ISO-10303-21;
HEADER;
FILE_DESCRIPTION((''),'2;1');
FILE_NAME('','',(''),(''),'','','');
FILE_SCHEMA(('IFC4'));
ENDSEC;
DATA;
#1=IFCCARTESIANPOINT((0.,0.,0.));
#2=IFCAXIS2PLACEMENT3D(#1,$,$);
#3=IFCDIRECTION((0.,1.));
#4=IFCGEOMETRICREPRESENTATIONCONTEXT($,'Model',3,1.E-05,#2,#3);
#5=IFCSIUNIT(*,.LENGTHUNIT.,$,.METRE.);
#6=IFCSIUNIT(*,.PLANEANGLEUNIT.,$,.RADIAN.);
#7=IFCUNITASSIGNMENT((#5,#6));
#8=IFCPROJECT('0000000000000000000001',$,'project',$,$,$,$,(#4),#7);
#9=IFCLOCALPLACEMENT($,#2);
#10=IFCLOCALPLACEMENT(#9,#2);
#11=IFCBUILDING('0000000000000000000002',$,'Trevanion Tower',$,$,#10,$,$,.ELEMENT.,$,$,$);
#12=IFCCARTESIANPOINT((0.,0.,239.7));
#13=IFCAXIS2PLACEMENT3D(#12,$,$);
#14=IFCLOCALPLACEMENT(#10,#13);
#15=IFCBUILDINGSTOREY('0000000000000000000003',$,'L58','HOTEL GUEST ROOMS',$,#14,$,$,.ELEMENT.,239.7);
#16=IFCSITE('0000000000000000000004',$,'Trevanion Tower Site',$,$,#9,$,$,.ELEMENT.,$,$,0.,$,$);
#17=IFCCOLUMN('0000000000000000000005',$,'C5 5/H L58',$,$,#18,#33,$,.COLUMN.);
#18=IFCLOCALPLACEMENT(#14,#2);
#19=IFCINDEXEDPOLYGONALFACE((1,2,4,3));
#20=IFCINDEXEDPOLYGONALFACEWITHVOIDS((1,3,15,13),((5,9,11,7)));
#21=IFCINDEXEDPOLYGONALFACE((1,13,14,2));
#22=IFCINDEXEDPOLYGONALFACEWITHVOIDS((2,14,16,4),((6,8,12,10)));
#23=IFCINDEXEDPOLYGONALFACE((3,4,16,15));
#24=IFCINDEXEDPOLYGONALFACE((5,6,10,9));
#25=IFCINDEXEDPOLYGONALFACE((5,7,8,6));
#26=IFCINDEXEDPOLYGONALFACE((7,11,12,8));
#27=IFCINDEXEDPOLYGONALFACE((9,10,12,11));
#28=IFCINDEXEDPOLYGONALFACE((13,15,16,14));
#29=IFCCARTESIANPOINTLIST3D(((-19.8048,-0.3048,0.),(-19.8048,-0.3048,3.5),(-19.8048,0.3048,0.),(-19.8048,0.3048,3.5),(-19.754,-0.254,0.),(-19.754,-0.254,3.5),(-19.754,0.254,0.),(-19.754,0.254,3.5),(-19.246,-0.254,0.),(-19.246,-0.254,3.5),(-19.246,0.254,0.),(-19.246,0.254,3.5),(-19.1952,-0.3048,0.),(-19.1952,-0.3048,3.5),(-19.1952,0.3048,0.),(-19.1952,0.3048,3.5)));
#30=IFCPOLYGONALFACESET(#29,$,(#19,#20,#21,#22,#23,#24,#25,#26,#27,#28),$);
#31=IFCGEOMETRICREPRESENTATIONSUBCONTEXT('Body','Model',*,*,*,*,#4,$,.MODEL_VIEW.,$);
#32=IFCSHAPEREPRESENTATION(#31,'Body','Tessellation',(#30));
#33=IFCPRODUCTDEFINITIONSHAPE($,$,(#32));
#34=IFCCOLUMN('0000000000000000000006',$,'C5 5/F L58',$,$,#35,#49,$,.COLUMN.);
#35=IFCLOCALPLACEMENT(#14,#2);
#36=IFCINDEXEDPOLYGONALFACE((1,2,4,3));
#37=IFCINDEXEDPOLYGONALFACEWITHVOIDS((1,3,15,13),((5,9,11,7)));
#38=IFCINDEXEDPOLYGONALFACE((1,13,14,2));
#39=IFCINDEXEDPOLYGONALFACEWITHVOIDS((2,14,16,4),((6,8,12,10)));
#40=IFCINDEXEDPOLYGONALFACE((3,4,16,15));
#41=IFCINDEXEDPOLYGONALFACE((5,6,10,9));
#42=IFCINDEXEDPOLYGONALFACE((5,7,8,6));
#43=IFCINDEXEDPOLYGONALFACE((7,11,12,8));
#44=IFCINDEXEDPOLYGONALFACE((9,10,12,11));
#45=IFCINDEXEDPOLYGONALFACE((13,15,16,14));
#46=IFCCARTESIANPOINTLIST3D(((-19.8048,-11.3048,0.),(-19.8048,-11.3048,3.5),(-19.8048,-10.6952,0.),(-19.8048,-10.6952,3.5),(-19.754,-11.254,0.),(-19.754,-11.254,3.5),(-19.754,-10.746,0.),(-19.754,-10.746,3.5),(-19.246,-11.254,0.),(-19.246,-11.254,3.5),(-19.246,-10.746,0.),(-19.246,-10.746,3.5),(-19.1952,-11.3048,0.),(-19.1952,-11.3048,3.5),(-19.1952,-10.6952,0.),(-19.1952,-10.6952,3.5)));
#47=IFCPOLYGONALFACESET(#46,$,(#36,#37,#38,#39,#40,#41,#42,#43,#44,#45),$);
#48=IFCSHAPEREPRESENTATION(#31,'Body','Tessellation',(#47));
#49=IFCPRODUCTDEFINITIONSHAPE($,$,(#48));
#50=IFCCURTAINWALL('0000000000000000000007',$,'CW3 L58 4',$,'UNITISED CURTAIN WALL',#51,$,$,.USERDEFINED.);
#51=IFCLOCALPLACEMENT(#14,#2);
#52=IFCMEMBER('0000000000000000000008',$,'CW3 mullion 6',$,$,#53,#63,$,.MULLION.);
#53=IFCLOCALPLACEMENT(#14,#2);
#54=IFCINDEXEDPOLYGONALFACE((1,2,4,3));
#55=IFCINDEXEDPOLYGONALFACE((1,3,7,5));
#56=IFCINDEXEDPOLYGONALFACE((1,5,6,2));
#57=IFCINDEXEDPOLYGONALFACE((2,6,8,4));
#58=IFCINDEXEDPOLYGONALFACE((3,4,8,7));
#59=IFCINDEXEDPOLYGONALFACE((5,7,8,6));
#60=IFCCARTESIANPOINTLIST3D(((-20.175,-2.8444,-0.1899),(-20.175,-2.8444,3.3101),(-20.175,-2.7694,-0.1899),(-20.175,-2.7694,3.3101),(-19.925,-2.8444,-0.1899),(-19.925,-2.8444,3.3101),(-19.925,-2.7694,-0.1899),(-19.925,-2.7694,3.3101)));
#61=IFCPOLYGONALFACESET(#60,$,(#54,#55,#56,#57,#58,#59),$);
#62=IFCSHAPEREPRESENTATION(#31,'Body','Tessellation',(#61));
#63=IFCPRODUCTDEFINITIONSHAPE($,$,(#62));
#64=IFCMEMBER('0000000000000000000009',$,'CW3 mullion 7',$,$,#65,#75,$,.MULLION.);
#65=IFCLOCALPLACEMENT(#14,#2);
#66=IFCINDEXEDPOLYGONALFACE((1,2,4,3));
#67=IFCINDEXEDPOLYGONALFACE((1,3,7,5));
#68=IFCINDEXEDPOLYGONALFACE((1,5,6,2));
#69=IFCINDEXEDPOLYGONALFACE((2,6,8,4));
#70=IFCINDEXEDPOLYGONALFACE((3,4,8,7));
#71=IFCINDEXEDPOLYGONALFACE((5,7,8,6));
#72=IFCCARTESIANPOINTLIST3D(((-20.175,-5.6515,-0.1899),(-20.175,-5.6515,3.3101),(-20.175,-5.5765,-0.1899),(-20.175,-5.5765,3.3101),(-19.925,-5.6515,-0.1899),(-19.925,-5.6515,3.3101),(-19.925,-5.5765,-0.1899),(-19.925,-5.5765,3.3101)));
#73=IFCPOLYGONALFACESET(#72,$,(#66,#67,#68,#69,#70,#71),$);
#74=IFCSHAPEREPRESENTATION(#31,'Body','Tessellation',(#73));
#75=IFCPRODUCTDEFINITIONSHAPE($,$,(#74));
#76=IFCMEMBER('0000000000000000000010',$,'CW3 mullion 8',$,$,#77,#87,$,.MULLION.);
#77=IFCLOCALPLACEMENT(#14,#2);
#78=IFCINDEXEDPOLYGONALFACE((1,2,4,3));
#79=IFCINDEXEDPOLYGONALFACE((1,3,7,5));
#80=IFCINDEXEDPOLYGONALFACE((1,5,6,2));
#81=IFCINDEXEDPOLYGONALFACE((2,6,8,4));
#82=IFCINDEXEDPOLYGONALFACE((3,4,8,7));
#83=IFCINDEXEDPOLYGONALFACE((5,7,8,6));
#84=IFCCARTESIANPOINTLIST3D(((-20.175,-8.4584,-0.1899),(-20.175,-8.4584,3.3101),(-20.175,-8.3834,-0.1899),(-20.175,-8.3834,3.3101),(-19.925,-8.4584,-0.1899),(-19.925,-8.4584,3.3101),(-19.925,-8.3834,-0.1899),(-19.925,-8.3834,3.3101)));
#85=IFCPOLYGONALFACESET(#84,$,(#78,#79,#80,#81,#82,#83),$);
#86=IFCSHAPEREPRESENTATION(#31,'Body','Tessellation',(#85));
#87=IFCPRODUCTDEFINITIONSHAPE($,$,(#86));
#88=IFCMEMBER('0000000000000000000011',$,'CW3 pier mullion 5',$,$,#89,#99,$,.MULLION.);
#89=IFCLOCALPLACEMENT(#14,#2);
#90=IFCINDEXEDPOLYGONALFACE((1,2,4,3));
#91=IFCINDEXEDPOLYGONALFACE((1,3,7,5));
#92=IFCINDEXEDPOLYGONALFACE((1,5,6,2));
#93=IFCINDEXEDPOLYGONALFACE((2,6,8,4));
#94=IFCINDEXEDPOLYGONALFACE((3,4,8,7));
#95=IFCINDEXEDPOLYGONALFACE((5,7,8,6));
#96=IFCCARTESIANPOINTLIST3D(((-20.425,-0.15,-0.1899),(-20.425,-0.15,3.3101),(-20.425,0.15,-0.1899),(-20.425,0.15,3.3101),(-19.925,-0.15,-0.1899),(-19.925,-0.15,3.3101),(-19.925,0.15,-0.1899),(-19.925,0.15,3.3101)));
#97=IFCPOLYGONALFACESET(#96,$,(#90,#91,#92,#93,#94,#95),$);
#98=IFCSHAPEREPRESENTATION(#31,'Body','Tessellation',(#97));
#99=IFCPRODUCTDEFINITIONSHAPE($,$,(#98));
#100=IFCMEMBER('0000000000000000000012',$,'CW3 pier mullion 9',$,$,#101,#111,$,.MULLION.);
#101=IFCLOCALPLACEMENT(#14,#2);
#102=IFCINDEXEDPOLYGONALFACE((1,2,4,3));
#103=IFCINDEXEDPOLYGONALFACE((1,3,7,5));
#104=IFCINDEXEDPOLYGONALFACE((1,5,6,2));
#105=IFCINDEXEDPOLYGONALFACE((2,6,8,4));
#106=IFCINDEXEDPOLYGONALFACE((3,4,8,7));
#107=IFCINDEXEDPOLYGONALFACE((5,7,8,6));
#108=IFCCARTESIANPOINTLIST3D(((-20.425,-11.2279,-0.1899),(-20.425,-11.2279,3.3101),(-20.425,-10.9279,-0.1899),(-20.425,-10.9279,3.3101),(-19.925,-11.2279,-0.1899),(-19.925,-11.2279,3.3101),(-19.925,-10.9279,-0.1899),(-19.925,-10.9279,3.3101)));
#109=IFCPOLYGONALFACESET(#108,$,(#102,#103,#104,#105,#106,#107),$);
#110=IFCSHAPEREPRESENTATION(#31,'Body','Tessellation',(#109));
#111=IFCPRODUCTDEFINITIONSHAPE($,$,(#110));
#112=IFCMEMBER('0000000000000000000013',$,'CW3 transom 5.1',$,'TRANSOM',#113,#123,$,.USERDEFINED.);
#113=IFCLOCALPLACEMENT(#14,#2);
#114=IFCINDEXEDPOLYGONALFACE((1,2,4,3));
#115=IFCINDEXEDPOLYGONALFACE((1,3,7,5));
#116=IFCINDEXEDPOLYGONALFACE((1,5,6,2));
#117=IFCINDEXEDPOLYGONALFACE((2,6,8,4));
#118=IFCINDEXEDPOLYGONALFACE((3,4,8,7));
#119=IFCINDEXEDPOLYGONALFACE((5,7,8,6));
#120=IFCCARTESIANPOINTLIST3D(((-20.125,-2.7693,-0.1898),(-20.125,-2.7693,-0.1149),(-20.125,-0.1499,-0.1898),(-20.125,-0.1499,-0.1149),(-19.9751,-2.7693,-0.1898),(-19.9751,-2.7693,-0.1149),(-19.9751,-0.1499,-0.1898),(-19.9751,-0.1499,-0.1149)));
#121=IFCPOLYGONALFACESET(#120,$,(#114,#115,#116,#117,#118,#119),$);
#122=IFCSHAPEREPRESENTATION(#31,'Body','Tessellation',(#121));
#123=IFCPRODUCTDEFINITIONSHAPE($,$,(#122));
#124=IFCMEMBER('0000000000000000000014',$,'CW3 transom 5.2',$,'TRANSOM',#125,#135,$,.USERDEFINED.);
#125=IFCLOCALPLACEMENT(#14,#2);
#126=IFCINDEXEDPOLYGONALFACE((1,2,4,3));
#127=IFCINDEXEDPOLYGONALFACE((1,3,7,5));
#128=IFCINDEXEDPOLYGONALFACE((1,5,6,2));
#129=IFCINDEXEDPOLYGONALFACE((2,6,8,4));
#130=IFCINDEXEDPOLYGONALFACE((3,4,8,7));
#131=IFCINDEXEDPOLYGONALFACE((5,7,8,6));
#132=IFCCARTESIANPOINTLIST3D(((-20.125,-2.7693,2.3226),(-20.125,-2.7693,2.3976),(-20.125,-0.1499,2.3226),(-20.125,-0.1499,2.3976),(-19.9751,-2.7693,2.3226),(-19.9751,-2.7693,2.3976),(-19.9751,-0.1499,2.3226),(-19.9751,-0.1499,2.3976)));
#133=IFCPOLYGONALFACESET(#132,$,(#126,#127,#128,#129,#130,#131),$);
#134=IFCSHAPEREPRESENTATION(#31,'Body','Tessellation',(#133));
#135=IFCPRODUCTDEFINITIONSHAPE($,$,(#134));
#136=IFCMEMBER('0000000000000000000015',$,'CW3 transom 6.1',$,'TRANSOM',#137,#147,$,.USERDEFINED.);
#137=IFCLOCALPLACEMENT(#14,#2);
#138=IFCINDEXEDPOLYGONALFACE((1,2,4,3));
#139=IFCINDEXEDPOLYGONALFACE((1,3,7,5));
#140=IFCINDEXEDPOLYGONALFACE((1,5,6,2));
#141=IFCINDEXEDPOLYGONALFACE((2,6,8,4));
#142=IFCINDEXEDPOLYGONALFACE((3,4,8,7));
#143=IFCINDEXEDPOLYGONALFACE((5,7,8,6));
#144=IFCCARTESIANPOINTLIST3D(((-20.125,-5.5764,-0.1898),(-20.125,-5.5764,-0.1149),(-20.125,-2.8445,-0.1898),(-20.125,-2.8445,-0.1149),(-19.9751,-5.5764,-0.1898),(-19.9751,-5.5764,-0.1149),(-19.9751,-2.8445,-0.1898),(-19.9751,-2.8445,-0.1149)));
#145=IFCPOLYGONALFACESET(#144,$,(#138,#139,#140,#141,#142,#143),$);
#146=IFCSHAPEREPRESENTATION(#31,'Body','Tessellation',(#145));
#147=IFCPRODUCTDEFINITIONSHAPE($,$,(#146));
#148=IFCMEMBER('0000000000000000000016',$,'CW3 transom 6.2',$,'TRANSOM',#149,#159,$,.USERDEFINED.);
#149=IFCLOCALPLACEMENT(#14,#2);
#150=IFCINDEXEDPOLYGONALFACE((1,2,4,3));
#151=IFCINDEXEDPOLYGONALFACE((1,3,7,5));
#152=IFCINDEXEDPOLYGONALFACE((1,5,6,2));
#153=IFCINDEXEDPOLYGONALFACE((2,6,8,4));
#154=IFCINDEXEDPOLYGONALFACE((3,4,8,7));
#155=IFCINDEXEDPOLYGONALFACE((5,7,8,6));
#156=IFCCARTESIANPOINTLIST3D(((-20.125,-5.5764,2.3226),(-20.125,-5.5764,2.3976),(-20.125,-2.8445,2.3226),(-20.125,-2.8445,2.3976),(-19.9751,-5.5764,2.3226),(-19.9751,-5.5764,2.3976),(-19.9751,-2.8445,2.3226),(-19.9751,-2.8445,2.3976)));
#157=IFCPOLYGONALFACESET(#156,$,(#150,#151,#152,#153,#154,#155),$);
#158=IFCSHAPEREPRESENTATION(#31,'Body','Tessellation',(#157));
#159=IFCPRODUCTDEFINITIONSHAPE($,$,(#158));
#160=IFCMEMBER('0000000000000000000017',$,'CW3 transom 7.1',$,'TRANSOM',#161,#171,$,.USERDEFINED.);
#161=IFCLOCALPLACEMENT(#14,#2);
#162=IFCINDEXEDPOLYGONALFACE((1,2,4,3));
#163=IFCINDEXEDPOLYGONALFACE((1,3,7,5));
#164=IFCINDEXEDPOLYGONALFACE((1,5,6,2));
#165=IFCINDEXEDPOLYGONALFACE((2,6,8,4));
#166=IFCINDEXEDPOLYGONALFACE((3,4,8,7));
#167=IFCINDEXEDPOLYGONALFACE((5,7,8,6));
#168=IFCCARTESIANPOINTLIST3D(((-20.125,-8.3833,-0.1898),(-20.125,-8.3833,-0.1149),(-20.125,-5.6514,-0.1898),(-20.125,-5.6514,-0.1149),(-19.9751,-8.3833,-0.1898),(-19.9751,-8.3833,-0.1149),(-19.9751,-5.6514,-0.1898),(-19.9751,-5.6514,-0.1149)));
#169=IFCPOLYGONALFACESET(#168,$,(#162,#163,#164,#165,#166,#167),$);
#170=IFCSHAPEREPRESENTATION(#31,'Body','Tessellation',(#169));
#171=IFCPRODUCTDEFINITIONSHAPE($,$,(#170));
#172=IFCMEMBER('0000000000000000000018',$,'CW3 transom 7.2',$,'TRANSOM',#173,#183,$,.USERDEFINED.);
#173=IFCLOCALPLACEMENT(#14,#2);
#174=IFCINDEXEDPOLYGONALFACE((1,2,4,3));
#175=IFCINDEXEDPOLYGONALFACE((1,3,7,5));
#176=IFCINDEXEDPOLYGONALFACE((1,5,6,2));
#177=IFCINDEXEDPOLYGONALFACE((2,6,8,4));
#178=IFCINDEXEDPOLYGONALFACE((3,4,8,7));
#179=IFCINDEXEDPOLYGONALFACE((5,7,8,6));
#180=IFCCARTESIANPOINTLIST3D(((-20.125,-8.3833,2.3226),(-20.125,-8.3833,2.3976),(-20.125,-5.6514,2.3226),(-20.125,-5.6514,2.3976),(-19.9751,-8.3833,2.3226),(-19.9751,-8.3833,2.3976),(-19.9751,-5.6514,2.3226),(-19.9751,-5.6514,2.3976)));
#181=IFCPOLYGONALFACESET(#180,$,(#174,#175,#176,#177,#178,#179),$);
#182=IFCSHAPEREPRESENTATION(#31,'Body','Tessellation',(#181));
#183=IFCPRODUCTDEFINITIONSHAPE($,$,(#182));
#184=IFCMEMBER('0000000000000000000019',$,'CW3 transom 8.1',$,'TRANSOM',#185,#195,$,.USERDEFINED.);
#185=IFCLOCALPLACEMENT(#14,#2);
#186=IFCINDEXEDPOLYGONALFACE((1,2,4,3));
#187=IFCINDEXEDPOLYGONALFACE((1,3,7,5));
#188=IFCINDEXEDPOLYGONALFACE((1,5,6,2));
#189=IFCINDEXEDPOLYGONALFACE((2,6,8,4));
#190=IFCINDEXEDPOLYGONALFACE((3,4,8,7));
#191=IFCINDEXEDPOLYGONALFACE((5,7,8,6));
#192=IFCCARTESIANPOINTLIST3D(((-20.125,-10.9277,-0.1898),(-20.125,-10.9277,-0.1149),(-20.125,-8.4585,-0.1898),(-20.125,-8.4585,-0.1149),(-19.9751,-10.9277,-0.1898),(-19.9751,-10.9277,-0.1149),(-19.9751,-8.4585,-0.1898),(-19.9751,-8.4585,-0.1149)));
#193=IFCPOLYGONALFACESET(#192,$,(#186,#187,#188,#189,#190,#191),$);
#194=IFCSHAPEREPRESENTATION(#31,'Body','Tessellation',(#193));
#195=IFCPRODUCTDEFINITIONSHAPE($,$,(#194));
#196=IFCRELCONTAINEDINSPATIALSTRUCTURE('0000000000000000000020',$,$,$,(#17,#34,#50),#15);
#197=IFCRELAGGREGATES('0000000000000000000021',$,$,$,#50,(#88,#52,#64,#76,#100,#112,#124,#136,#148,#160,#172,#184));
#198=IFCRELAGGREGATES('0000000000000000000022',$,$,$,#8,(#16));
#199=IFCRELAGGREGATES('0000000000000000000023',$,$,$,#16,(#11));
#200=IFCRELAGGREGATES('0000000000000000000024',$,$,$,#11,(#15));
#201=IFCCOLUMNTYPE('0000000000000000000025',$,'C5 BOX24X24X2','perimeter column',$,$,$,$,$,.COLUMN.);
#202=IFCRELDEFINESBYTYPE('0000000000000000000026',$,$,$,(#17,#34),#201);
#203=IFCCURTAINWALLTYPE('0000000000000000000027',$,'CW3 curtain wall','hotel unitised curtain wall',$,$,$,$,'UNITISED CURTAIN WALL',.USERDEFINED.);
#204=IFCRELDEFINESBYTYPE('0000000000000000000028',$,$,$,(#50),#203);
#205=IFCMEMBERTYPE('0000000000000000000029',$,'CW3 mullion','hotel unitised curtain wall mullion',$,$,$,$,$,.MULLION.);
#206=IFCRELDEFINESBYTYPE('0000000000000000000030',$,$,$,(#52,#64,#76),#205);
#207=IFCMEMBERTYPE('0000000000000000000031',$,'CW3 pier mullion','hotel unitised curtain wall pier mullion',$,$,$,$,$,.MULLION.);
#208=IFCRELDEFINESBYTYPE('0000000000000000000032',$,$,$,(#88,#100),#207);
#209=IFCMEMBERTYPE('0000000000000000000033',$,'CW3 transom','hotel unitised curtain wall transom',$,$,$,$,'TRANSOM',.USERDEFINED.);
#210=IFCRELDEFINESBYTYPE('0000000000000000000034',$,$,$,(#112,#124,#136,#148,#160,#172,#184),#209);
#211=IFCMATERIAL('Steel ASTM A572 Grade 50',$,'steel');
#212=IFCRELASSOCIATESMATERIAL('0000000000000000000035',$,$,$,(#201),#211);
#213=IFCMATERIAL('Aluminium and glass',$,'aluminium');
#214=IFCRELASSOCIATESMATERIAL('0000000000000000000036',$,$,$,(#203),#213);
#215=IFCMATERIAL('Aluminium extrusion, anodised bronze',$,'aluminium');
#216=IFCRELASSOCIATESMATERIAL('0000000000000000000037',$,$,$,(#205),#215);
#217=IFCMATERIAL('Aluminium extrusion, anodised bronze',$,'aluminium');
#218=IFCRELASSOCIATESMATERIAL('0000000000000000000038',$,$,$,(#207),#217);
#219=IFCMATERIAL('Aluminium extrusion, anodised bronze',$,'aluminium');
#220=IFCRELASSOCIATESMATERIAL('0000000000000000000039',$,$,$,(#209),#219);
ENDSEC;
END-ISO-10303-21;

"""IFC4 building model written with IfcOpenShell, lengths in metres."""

from ifc_helpers import new_model, si_unit, direction, frame, origin, origin_2d, place, context, subcontext, project, spatial, rectangle, hollow_rectangle, extrude, material, material_profile, profile_set, type_object, element, aggregate, save


model = new_model("IFC4")

# Units and contexts
model_context = context("Model", 3, precision=1e-05, world=origin(), true_north=direction((0.0, 1.0)))
body_context = subcontext(model_context, "Body", "Model", "MODEL_VIEW")
ifc_project = project(units=[si_unit("LENGTHUNIT", "METRE"), si_unit("PLANEANGLEUNIT", "RADIAN")], contexts=[model_context])

# Site, building, storey
site_placement = place(None, origin())
site = spatial("IfcSite", under=ifc_project, at=site_placement, Name="Trevanion Tower Site", CompositionType="ELEMENT", RefElevation=0.0)
building_placement = place(site_placement, origin())
building = spatial("IfcBuilding", under=site, at=building_placement, Name="Trevanion Tower", CompositionType="ELEMENT")
storey_placement = place(building_placement, frame((0.0, 0.0, 239.7)))
storey = spatial("IfcBuildingStorey", under=building, at=storey_placement, Name="L58", Description="HOTEL GUEST ROOMS", CompositionType="ELEMENT", Elevation=239.7)

# Columns
ifc_material_1 = material(Name="Steel ASTM A572 Grade 50", Category="steel")
ifc_material_profile_1 = material_profile(ifc_material_1, hollow_rectangle(XDim=0.6096, YDim=0.6096, WallThickness=0.0508, at=origin_2d()), Name="BOX24X24X2")
ifc_profile_set_1 = profile_set([ifc_material_profile_1], Name="Steel ASTM A572 Grade 50")
column_type = type_object("IfcColumnType", Name="C5 BOX24X24X2", Description="perimeter column", PredefinedType="COLUMN", material=ifc_profile_set_1)
for number, where, z_axis, x_axis, name in (
    (1, (-19.5, 0.0, 0.0), (0.0, 0.0, 1.0), (0.0, 1.0, 0.0), "C5 5/H L58"),
    (2, (-19.5, -11.0, 0.0), (0.0, 0.0, 1.0), (0.0, 1.0, 0.0), "C5 5/F L58"),
):
    element("IfcColumn", number, at=place(storey_placement, frame(where, z_axis=z_axis, x_axis=x_axis)), inside=storey, type_object=column_type, Name=name, PredefinedType="COLUMN", context=body_context, shape_type="SweptSolid", body=[
        extrude(hollow_rectangle(XDim=0.6096, YDim=0.6096, WallThickness=0.0508, at=origin_2d()), origin(), (0.0, 0.0, 1.0), 3.5),
    ])

# Curtain wall, members
ifc_material_2 = material(Name="Aluminium and glass", Category="aluminium")
curtain_wall_type = type_object("IfcCurtainWallType", Name="CW3 curtain wall", Description="hotel unitised curtain wall", ElementType="UNITISED CURTAIN WALL", PredefinedType="USERDEFINED", material=ifc_material_2)
curtain_wall_placement = place(storey_placement, origin())
curtain_wall = element("IfcCurtainWall", 3, at=curtain_wall_placement, inside=storey, type_object=curtain_wall_type, Name="CW3 L58 4", ObjectType="UNITISED CURTAIN WALL", PredefinedType="USERDEFINED")
ifc_material_3 = material(Name="Aluminium extrusion, anodised bronze", Category="aluminium")
ifc_material_profile_2 = material_profile(ifc_material_3, rectangle(XDim=0.075, YDim=0.25, at=origin_2d()), Name="CW3 mullion")
ifc_profile_set_2 = profile_set([ifc_material_profile_2], Name="Aluminium extrusion, anodised bronze")
member_type_1 = type_object("IfcMemberType", Name="CW3 mullion", Description="hotel unitised curtain wall mullion", PredefinedType="MULLION", material=ifc_profile_set_2)
member_1_placement = place(storey_placement, frame((-20.05, -2.8069, -0.1899), z_axis=(0.0, 0.0, 1.0), x_axis=(0.0, -1.0, 0.0)))
member_1 = element("IfcMember", 4, at=member_1_placement, type_object=member_type_1, Name="CW3 mullion 6", PredefinedType="MULLION", context=body_context, shape_type="SweptSolid", body=[
    extrude(rectangle(XDim=0.075, YDim=0.25, at=origin_2d()), origin(), (0.0, 0.0, 1.0), 3.5),
])
member_2_placement = place(storey_placement, frame((-20.05, -5.614, -0.1899), z_axis=(0.0, 0.0, 1.0), x_axis=(0.0, -1.0, 0.0)))
member_2 = element("IfcMember", 5, at=member_2_placement, type_object=member_type_1, Name="CW3 mullion 7", PredefinedType="MULLION", context=body_context, shape_type="SweptSolid", body=[
    extrude(rectangle(XDim=0.075, YDim=0.25, at=origin_2d()), origin(), (0.0, 0.0, 1.0), 3.5),
])
member_3_placement = place(storey_placement, frame((-20.05, -8.4209, -0.1899), z_axis=(0.0, 0.0, 1.0), x_axis=(0.0, -1.0, 0.0)))
member_3 = element("IfcMember", 6, at=member_3_placement, type_object=member_type_1, Name="CW3 mullion 8", PredefinedType="MULLION", context=body_context, shape_type="SweptSolid", body=[
    extrude(rectangle(XDim=0.075, YDim=0.25, at=origin_2d()), origin(), (0.0, 0.0, 1.0), 3.5),
])
ifc_material_4 = material(Name="Aluminium extrusion, anodised bronze", Category="aluminium")
ifc_material_profile_3 = material_profile(ifc_material_4, rectangle(XDim=0.3, YDim=0.5, at=origin_2d()), Name="CW3 pier mullion")
ifc_profile_set_3 = profile_set([ifc_material_profile_3], Name="Aluminium extrusion, anodised bronze")
member_type_2 = type_object("IfcMemberType", Name="CW3 pier mullion", Description="hotel unitised curtain wall pier mullion", PredefinedType="MULLION", material=ifc_profile_set_3)
member_4_placement = place(storey_placement, frame((-20.175, 0.0, -0.1899), z_axis=(0.0, 0.0, 1.0), x_axis=(0.0, -1.0, 0.0)))
member_4 = element("IfcMember", 7, at=member_4_placement, type_object=member_type_2, Name="CW3 pier mullion 5", PredefinedType="MULLION", context=body_context, shape_type="SweptSolid", body=[
    extrude(rectangle(XDim=0.3, YDim=0.5, at=origin_2d()), origin(), (0.0, 0.0, 1.0), 3.5),
])
member_5_placement = place(storey_placement, frame((-20.175, -11.0779, -0.1899), z_axis=(0.0, 0.0, 1.0), x_axis=(0.0, -1.0, 0.0)))
member_5 = element("IfcMember", 8, at=member_5_placement, type_object=member_type_2, Name="CW3 pier mullion 9", PredefinedType="MULLION", context=body_context, shape_type="SweptSolid", body=[
    extrude(rectangle(XDim=0.3, YDim=0.5, at=origin_2d()), origin(), (0.0, 0.0, 1.0), 3.5),
])
ifc_material_5 = material(Name="Aluminium extrusion, anodised bronze", Category="aluminium")
ifc_material_profile_4 = material_profile(ifc_material_5, rectangle(XDim=0.1499, YDim=0.075, at=origin_2d()), Name="CW3 transom")
ifc_profile_set_4 = profile_set([ifc_material_profile_4], Name="Aluminium extrusion, anodised bronze")
member_type_3 = type_object("IfcMemberType", Name="CW3 transom", Description="hotel unitised curtain wall transom", ElementType="TRANSOM", PredefinedType="USERDEFINED", material=ifc_profile_set_4)
member_6_placement = place(storey_placement, frame((-20.05, -0.1499, -0.1523), z_axis=(0.0, -1.0, 0.0), x_axis=(1.0, 0.0, 0.0)))
member_6 = element("IfcMember", 9, at=member_6_placement, type_object=member_type_3, Name="CW3 transom 5.1", ObjectType="TRANSOM", PredefinedType="USERDEFINED", context=body_context, shape_type="SweptSolid", body=[
    extrude(rectangle(XDim=0.1499, YDim=0.075, at=origin_2d()), origin(), (0.0, 0.0, 1.0), 2.6194),
])
member_7_placement = place(storey_placement, frame((-20.05, -0.1499, 2.3601), z_axis=(0.0, -1.0, 0.0), x_axis=(1.0, 0.0, 0.0)))
member_7 = element("IfcMember", 10, at=member_7_placement, type_object=member_type_3, Name="CW3 transom 5.2", ObjectType="TRANSOM", PredefinedType="USERDEFINED", context=body_context, shape_type="SweptSolid", body=[
    extrude(rectangle(XDim=0.1499, YDim=0.075, at=origin_2d()), origin(), (0.0, 0.0, 1.0), 2.6194),
])
member_8_placement = place(storey_placement, frame((-20.05, -2.8445, -0.1523), z_axis=(0.0, -1.0, 0.0), x_axis=(1.0, 0.0, 0.0)))
member_8 = element("IfcMember", 11, at=member_8_placement, type_object=member_type_3, Name="CW3 transom 6.1", ObjectType="TRANSOM", PredefinedType="USERDEFINED", context=body_context, shape_type="SweptSolid", body=[
    extrude(rectangle(XDim=0.1499, YDim=0.075, at=origin_2d()), origin(), (0.0, 0.0, 1.0), 2.7319),
])
member_9_placement = place(storey_placement, frame((-20.05, -2.8445, 2.3601), z_axis=(0.0, -1.0, 0.0), x_axis=(1.0, 0.0, 0.0)))
member_9 = element("IfcMember", 12, at=member_9_placement, type_object=member_type_3, Name="CW3 transom 6.2", ObjectType="TRANSOM", PredefinedType="USERDEFINED", context=body_context, shape_type="SweptSolid", body=[
    extrude(rectangle(XDim=0.1499, YDim=0.075, at=origin_2d()), origin(), (0.0, 0.0, 1.0), 2.7319),
])
member_10_placement = place(storey_placement, frame((-20.05, -5.6514, -0.1523), z_axis=(0.0, -1.0, 0.0), x_axis=(1.0, 0.0, 0.0)))
member_10 = element("IfcMember", 13, at=member_10_placement, type_object=member_type_3, Name="CW3 transom 7.1", ObjectType="TRANSOM", PredefinedType="USERDEFINED", context=body_context, shape_type="SweptSolid", body=[
    extrude(rectangle(XDim=0.1499, YDim=0.075, at=origin_2d()), origin(), (0.0, 0.0, 1.0), 2.7319),
])
member_11_placement = place(storey_placement, frame((-20.05, -5.6514, 2.3601), z_axis=(0.0, -1.0, 0.0), x_axis=(1.0, 0.0, 0.0)))
member_11 = element("IfcMember", 14, at=member_11_placement, type_object=member_type_3, Name="CW3 transom 7.2", ObjectType="TRANSOM", PredefinedType="USERDEFINED", context=body_context, shape_type="SweptSolid", body=[
    extrude(rectangle(XDim=0.1499, YDim=0.075, at=origin_2d()), origin(), (0.0, 0.0, 1.0), 2.7319),
])
member_12_placement = place(storey_placement, frame((-20.05, -8.4585, -0.1523), z_axis=(0.0, -1.0, 0.0), x_axis=(1.0, 0.0, 0.0)))
member_12 = element("IfcMember", 15, at=member_12_placement, type_object=member_type_3, Name="CW3 transom 8.1", ObjectType="TRANSOM", PredefinedType="USERDEFINED", context=body_context, shape_type="SweptSolid", body=[
    extrude(rectangle(XDim=0.1499, YDim=0.075, at=origin_2d()), origin(), (0.0, 0.0, 1.0), 2.4692),
])

aggregate(curtain_wall, [member_4, member_1, member_2, member_3, member_5, member_6, member_7, member_8, member_9, member_10, member_11, member_12])

save(model, "model.ifc")
